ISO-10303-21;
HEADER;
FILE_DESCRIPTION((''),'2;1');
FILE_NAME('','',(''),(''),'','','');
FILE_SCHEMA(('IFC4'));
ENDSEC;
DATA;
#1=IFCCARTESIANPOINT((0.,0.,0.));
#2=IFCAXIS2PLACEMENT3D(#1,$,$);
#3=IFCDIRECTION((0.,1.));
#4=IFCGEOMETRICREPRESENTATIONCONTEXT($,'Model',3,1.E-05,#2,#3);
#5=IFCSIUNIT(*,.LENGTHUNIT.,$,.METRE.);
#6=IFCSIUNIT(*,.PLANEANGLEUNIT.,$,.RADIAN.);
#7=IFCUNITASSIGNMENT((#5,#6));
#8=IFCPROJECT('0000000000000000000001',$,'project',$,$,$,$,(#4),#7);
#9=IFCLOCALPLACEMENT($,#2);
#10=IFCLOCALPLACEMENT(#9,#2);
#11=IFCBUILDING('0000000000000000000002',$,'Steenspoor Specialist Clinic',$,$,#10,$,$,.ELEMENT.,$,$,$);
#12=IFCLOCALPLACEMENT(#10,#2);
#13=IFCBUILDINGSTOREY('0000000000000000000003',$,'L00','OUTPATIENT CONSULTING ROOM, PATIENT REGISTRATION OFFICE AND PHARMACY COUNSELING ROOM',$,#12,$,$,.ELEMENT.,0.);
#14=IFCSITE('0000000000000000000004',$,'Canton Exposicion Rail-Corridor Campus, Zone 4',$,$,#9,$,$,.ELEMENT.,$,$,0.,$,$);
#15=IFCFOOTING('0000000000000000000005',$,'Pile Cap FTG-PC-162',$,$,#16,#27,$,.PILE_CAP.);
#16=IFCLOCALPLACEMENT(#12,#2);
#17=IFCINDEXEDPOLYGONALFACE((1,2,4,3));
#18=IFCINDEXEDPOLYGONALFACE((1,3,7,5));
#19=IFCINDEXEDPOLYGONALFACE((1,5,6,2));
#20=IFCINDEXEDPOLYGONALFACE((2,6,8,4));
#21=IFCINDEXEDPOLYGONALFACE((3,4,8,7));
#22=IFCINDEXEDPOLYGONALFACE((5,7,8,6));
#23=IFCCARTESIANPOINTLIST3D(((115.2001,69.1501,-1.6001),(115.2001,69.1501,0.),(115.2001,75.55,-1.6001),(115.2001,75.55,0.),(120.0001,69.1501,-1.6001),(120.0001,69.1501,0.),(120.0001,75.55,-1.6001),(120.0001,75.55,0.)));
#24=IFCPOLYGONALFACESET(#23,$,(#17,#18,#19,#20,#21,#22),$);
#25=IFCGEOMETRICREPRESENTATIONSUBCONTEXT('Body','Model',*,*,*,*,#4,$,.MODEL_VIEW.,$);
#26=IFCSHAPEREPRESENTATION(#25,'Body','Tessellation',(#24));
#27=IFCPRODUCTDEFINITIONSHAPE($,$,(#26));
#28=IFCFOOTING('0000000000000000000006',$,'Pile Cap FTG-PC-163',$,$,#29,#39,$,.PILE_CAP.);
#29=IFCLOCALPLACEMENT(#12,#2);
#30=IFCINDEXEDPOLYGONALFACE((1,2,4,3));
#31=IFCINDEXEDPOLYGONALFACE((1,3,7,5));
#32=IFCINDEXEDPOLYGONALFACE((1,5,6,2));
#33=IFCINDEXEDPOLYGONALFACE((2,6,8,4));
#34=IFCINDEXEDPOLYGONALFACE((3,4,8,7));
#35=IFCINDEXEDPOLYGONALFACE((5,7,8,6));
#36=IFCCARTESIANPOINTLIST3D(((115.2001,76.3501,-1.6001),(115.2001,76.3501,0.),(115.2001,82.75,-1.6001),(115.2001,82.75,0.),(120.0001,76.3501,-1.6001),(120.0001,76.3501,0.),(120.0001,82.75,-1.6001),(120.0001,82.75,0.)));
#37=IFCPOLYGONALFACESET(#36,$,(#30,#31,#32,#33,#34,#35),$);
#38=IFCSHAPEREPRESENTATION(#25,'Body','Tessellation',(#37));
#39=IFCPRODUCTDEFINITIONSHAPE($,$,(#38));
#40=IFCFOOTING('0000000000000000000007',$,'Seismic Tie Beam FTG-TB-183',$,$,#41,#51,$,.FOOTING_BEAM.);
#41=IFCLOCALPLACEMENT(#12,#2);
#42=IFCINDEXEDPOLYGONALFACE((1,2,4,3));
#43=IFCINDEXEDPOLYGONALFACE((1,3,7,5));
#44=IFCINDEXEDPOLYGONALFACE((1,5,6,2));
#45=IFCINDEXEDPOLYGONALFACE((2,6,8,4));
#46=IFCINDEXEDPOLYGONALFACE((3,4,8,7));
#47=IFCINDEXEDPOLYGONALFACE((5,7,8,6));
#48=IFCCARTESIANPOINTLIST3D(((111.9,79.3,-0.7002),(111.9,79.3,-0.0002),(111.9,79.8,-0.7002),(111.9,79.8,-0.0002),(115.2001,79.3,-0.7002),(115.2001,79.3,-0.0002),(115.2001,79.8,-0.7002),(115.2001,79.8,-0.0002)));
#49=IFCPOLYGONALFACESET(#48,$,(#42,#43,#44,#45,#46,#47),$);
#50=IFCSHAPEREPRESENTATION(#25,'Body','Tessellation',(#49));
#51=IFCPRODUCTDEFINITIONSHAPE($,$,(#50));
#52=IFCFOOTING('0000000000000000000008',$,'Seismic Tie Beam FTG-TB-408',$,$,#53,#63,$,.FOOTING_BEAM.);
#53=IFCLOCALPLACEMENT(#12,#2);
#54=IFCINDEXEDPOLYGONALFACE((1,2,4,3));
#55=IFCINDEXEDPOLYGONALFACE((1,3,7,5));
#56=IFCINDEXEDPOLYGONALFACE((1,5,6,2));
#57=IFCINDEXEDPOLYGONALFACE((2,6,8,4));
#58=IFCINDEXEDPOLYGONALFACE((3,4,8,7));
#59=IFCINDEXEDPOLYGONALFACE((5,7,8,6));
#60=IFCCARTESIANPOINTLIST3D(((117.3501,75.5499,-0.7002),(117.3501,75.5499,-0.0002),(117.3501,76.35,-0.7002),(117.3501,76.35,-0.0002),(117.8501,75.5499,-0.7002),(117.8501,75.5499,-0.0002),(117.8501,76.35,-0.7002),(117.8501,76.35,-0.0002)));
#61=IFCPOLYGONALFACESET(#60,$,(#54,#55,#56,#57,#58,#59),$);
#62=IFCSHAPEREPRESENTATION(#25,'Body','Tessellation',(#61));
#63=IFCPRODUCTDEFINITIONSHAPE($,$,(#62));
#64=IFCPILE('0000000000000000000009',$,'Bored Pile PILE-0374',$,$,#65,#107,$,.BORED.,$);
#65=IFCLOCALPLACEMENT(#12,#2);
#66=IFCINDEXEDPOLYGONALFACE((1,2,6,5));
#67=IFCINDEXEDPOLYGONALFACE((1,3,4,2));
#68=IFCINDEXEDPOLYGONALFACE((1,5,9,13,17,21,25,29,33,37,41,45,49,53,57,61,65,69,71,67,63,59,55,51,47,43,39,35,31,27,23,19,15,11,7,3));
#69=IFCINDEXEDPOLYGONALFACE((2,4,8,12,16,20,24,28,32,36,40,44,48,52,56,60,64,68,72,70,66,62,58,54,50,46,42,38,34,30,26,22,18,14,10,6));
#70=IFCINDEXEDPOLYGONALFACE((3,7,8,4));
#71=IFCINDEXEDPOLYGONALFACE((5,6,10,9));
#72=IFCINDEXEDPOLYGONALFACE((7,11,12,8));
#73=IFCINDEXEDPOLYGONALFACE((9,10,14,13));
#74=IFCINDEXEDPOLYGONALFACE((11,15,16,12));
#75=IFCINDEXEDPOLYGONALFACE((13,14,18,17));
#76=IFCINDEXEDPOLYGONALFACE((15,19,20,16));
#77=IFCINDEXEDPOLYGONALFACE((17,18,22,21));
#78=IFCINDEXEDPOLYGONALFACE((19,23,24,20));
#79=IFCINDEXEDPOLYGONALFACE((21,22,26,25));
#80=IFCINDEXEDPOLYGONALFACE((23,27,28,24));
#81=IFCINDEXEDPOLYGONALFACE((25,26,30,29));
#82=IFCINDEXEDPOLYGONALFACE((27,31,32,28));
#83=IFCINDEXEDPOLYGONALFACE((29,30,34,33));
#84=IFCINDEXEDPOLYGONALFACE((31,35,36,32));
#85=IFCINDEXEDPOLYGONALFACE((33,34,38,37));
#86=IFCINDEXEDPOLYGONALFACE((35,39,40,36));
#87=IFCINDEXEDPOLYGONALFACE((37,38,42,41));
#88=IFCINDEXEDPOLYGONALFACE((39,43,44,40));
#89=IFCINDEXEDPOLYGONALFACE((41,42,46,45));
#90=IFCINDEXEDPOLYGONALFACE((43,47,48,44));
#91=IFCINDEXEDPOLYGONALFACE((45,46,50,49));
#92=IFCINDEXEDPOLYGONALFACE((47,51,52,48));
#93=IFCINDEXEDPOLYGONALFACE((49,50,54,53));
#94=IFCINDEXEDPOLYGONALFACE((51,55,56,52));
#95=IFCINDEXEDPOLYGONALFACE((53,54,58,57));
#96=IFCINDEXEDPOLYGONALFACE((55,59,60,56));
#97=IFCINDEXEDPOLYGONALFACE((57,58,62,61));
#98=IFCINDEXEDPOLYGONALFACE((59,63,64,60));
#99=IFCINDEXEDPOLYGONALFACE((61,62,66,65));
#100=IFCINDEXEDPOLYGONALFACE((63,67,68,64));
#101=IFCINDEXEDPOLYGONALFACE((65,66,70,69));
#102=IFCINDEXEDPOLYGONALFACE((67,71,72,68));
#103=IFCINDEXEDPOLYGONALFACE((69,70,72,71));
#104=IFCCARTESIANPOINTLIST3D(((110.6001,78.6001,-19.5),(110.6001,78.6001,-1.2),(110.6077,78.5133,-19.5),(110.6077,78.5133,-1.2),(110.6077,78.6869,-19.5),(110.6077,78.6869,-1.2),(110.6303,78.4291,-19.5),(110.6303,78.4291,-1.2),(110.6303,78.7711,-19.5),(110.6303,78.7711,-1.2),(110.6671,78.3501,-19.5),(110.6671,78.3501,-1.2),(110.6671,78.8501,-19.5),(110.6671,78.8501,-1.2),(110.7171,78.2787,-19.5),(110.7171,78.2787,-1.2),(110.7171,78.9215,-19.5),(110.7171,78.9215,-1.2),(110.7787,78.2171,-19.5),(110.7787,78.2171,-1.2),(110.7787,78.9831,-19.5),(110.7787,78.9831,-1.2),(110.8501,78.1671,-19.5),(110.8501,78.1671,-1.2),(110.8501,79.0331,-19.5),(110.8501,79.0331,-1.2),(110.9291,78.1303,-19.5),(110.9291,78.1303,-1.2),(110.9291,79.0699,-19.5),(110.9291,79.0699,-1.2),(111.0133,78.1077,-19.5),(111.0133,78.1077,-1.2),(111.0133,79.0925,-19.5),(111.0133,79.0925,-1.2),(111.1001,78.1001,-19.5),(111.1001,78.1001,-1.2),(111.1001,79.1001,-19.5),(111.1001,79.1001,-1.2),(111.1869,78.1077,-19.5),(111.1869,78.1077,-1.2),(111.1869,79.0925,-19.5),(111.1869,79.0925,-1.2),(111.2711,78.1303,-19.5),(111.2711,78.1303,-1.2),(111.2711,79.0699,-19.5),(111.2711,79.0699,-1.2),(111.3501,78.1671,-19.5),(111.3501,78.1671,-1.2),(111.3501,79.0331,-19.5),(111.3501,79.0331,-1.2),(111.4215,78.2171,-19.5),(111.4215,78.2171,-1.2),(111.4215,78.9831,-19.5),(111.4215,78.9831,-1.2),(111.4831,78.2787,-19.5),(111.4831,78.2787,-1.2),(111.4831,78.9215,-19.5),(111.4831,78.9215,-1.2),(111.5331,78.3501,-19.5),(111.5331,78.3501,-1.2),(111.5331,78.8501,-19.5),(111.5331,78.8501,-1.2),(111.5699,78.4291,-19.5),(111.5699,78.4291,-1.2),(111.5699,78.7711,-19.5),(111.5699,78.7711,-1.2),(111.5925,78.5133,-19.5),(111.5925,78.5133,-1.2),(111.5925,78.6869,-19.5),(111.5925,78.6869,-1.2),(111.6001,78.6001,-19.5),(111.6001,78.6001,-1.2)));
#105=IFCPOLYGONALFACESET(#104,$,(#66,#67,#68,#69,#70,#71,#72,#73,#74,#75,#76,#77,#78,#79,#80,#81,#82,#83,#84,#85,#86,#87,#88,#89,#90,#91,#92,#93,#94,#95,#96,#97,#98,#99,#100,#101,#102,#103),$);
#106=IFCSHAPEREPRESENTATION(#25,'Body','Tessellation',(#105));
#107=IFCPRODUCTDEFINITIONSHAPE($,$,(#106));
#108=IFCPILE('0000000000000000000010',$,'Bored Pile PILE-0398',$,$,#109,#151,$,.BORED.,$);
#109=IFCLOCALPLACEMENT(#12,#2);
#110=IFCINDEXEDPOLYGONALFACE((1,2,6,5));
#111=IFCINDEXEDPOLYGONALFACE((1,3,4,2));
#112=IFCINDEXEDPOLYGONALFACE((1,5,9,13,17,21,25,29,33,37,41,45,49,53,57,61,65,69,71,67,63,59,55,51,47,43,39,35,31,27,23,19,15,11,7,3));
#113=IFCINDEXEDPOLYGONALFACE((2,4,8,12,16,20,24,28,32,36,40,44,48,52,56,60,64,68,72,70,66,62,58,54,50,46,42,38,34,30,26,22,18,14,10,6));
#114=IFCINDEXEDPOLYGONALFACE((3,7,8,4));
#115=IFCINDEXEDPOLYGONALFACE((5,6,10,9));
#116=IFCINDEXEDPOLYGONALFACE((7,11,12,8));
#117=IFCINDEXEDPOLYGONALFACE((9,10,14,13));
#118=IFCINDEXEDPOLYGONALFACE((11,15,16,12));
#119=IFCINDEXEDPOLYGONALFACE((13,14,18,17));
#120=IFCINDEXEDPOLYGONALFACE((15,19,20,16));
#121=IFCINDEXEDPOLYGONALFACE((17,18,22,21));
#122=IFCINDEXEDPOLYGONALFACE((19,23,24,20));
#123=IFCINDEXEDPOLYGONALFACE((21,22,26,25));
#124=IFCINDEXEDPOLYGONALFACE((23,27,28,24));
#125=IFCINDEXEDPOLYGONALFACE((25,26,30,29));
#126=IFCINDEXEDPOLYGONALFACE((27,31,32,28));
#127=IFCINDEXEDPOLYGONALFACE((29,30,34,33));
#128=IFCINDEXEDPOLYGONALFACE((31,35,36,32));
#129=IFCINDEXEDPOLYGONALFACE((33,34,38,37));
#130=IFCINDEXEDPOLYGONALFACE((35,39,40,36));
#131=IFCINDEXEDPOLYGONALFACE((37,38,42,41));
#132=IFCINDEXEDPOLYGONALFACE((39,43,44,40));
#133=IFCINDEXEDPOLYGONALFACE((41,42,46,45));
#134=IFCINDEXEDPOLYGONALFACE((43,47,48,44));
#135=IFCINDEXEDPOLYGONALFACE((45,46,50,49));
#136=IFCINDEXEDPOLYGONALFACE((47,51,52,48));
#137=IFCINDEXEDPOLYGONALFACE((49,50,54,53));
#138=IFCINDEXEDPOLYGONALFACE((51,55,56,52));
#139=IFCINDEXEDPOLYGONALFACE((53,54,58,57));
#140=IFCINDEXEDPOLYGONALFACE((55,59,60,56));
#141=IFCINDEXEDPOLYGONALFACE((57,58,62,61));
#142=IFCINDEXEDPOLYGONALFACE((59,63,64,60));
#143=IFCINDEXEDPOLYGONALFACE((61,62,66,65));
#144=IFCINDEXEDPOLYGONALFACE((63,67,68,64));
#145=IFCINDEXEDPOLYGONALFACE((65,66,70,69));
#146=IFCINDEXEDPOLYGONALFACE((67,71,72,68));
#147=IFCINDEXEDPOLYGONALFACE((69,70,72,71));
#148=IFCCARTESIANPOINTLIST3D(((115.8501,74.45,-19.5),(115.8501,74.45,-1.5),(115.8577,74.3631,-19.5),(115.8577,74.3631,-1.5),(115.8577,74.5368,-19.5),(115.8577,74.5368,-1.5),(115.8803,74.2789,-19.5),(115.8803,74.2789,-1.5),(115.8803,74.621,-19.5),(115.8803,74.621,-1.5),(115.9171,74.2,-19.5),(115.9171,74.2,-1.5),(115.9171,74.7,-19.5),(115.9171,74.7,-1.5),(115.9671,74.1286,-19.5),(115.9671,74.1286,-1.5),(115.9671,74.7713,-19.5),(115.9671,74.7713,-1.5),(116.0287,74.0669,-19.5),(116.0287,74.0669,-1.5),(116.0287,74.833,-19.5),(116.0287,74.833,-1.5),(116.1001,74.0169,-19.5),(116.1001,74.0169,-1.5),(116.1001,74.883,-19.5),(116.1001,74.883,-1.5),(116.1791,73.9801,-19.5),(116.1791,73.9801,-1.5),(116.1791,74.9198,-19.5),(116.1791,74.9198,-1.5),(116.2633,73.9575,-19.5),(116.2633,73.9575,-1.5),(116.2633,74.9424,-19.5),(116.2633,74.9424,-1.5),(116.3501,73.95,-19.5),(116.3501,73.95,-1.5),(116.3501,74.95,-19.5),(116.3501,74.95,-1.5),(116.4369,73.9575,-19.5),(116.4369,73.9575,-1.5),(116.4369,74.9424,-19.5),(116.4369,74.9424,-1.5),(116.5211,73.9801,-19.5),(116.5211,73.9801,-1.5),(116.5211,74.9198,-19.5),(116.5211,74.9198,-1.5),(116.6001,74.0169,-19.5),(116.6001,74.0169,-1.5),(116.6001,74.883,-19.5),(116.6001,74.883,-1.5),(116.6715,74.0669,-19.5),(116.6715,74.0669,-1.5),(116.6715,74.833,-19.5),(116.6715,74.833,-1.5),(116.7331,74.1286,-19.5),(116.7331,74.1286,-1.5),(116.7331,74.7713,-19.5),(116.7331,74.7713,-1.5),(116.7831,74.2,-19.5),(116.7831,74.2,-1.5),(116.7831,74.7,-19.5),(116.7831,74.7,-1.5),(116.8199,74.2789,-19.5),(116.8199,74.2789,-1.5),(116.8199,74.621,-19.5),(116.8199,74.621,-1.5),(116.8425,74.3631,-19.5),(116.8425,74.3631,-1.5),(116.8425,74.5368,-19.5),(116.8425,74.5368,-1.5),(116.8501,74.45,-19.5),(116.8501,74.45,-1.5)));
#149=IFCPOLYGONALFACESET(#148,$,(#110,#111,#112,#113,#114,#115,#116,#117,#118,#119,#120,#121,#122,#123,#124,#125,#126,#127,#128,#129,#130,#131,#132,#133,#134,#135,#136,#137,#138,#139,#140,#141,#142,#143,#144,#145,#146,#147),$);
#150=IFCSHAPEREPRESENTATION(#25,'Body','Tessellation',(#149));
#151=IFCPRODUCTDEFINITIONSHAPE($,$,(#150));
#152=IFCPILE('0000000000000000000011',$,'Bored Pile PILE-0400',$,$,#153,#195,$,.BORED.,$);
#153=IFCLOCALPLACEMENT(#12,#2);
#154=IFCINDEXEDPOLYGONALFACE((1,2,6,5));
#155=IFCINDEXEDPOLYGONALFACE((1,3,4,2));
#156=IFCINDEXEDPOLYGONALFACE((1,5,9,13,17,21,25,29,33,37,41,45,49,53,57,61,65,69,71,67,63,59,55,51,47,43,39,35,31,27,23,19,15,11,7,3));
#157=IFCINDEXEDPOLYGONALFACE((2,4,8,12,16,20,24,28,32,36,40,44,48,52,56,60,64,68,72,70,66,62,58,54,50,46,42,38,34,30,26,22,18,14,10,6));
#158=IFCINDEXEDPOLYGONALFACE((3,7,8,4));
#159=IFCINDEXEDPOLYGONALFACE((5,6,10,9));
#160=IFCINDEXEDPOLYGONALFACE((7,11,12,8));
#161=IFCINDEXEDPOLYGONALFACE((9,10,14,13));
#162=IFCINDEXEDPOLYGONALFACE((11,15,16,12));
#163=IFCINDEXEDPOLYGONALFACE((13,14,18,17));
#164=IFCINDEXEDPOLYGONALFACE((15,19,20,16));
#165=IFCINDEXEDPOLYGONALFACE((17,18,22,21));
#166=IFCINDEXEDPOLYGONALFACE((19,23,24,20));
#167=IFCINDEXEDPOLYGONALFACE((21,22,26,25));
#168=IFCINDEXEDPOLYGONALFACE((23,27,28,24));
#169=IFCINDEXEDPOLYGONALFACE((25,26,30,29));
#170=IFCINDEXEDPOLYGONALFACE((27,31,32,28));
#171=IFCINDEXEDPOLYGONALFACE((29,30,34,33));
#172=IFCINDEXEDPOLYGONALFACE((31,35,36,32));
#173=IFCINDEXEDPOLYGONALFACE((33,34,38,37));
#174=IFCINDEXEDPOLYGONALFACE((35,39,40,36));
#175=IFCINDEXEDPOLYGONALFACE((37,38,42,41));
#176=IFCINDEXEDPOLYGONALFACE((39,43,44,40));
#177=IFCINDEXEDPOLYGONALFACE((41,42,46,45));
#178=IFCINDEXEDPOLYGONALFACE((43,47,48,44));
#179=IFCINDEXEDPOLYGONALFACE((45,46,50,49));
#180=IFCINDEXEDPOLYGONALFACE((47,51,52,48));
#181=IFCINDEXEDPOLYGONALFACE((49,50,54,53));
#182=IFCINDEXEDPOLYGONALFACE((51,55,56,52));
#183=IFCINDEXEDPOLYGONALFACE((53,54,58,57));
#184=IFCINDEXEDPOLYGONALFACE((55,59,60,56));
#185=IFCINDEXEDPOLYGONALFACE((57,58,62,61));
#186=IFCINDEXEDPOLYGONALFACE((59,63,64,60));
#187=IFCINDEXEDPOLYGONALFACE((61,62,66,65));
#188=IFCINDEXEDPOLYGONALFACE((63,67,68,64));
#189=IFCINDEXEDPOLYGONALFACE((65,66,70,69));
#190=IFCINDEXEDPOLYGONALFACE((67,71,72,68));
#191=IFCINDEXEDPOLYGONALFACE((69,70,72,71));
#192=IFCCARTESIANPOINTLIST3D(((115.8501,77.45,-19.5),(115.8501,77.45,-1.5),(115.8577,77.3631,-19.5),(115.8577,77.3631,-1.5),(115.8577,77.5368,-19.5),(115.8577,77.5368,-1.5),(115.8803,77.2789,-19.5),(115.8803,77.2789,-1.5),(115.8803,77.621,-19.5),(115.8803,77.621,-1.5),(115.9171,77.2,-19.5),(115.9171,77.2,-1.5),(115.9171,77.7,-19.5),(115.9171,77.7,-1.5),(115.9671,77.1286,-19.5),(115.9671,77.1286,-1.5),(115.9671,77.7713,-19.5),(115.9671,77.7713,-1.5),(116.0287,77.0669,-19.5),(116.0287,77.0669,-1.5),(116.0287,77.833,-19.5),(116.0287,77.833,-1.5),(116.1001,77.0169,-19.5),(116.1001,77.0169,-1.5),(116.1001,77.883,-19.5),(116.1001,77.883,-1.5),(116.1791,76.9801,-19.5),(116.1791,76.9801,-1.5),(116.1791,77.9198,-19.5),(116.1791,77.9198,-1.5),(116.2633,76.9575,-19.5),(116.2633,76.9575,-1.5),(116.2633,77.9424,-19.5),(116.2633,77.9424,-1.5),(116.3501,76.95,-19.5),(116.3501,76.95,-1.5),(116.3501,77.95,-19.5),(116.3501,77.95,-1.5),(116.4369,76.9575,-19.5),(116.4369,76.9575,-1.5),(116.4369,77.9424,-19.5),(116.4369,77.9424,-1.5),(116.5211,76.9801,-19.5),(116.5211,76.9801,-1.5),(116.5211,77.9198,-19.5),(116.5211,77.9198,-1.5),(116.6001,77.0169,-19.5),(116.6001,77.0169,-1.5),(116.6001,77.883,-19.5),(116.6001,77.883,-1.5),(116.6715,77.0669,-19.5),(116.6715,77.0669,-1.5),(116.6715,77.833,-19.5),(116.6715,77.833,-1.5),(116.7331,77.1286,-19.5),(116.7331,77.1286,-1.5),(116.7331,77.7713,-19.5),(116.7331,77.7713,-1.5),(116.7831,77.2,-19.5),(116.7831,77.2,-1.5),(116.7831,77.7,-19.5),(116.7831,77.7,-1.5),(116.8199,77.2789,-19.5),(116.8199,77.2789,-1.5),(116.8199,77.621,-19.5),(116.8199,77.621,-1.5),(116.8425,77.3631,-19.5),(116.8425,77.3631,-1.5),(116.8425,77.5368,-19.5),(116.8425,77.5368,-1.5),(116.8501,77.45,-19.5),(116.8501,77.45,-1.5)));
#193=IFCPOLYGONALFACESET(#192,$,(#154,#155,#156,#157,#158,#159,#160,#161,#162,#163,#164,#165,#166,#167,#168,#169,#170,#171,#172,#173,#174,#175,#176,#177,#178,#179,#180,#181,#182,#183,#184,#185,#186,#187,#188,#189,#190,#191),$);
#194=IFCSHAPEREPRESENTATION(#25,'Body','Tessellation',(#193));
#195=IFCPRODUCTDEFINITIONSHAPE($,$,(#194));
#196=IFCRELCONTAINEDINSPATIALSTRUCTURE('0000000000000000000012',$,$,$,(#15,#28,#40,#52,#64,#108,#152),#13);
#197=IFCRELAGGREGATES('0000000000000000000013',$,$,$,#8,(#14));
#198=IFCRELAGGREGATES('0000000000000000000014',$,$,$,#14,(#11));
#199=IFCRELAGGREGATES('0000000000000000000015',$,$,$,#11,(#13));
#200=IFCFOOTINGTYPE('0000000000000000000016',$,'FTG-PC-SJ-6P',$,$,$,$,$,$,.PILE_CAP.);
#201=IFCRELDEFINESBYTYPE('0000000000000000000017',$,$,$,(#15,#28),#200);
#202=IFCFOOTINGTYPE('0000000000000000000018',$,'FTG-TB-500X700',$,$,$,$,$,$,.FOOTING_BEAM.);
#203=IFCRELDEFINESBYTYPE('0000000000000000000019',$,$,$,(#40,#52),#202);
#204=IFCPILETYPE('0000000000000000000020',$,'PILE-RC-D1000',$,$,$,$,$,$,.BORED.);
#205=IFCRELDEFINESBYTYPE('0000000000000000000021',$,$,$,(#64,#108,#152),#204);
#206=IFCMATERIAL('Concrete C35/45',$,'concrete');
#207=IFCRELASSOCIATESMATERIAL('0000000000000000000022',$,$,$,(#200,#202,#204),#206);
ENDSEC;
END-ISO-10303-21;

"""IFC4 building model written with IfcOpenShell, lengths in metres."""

from ifc_helpers import new_model, si_unit, direction, frame, origin, origin_2d, place, context, subcontext, project, spatial, rectangle, circle, extrude, material, material_profile, profile_set, type_object, element, save


model = new_model("IFC4")

# Units and contexts
model_context = context("Model", 3, precision=1e-05, world=origin(), true_north=direction((0.0, 1.0)))
body_context = subcontext(model_context, "Body", "Model", "MODEL_VIEW")
ifc_project = project(units=[si_unit("LENGTHUNIT", "METRE"), si_unit("PLANEANGLEUNIT", "RADIAN")], contexts=[model_context])

# Site, building, storey
site_placement = place(None, origin())
site = spatial("IfcSite", under=ifc_project, at=site_placement, Name="Canton Exposicion Rail-Corridor Campus, Zone 4", CompositionType="ELEMENT", RefElevation=0.0)
building_placement = place(site_placement, origin())
building = spatial("IfcBuilding", under=site, at=building_placement, Name="Steenspoor Specialist Clinic", CompositionType="ELEMENT")
storey_placement = place(building_placement, origin())
storey = spatial("IfcBuildingStorey", under=building, at=storey_placement, Name="L00", Description="OUTPATIENT CONSULTING ROOM, PATIENT REGISTRATION OFFICE AND PHARMACY COUNSELING ROOM", CompositionType="ELEMENT", Elevation=0.0)

# Footings
ifc_material_1 = material(Name="Concrete C35/45", Category="concrete")
footing_type_1 = type_object("IfcFootingType", Name="FTG-PC-SJ-6P", PredefinedType="PILE_CAP", material=ifc_material_1)
for number, where, z_axis, x_axis, name in (
    (1, (117.6001, 72.3501, -1.6001), (0.0, 0.0, 1.0), (1.0, 0.0, 0.0), "Pile Cap FTG-PC-162"),
    (2, (117.6001, 79.55, -1.6001), (0.0, 0.0, 1.0), (1.0, 0.0, 0.0), "Pile Cap FTG-PC-163"),
):
    element("IfcFooting", number, at=place(storey_placement, frame(where, z_axis=z_axis, x_axis=x_axis)), inside=storey, type_object=footing_type_1, Name=name, PredefinedType="PILE_CAP", context=body_context, shape_type="SweptSolid", body=[
        extrude(rectangle(XDim=4.8, YDim=6.3999, at=origin_2d()), origin(), (0.0, 0.0, 1.0), 1.6001),
    ])
footing_type_2 = type_object("IfcFootingType", Name="FTG-TB-500X700", PredefinedType="FOOTING_BEAM", material=ifc_material_1)
footing_1_placement = place(storey_placement, frame((113.55, 79.55, -0.7002), z_axis=(0.0, 0.0, 1.0), x_axis=(1.0, 0.0, 0.0)))
element("IfcFooting", 3, at=footing_1_placement, inside=storey, type_object=footing_type_2, Name="Seismic Tie Beam FTG-TB-183", PredefinedType="FOOTING_BEAM", context=body_context, shape_type="SweptSolid", body=[
    extrude(rectangle(XDim=3.3, YDim=0.5, at=origin_2d()), origin(), (0.0, 0.0, 1.0), 0.7),
])
footing_2_placement = place(storey_placement, frame((117.6001, 75.95, -0.7002), z_axis=(0.0, 0.0, 1.0), x_axis=(1.0, 0.0, 0.0)))
element("IfcFooting", 4, at=footing_2_placement, inside=storey, type_object=footing_type_2, Name="Seismic Tie Beam FTG-TB-408", PredefinedType="FOOTING_BEAM", context=body_context, shape_type="SweptSolid", body=[
    extrude(rectangle(XDim=0.5, YDim=0.8, at=origin_2d()), origin(), (0.0, 0.0, 1.0), 0.7),
])

# Piles
ifc_material_profile_1 = material_profile(ifc_material_1, circle(Radius=0.5, at=origin_2d()), Name="PILE-D1000")
ifc_profile_set_1 = profile_set([ifc_material_profile_1], Name="Concrete C35/45")
pile_type_1 = type_object("IfcPileType", Name="PILE-RC-D1000", PredefinedType="BORED", material=ifc_profile_set_1)
pile_1_placement = place(storey_placement, frame((111.1001, 78.6001, -1.2), z_axis=(0.0, 0.0, -1.0), x_axis=(1.0, 0.0, 0.0)))
element("IfcPile", 5, at=pile_1_placement, inside=storey, type_object=pile_type_1, Name="Bored Pile PILE-0374", PredefinedType="BORED", context=body_context, shape_type="SweptSolid", body=[
    extrude(circle(Radius=0.5, at=origin_2d()), origin(), (0.0, 0.0, 1.0), 18.3),
])
for number, where, z_axis, x_axis, name in (
    (6, (116.3501, 74.45, -1.5), (0.0, 0.0, -1.0), (1.0, 0.0, 0.0), "Bored Pile PILE-0398"),
    (7, (116.3501, 77.45, -1.5), (0.0, 0.0, -1.0), (1.0, 0.0, 0.0), "Bored Pile PILE-0400"),
):
    element("IfcPile", number, at=place(storey_placement, frame(where, z_axis=z_axis, x_axis=x_axis)), inside=storey, type_object=pile_type_1, Name=name, PredefinedType="BORED", context=body_context, shape_type="SweptSolid", body=[
        extrude(circle(Radius=0.5, at=origin_2d()), origin(), (0.0, 0.0, 1.0), 18.0),
    ])

save(model, "model.ifc")
